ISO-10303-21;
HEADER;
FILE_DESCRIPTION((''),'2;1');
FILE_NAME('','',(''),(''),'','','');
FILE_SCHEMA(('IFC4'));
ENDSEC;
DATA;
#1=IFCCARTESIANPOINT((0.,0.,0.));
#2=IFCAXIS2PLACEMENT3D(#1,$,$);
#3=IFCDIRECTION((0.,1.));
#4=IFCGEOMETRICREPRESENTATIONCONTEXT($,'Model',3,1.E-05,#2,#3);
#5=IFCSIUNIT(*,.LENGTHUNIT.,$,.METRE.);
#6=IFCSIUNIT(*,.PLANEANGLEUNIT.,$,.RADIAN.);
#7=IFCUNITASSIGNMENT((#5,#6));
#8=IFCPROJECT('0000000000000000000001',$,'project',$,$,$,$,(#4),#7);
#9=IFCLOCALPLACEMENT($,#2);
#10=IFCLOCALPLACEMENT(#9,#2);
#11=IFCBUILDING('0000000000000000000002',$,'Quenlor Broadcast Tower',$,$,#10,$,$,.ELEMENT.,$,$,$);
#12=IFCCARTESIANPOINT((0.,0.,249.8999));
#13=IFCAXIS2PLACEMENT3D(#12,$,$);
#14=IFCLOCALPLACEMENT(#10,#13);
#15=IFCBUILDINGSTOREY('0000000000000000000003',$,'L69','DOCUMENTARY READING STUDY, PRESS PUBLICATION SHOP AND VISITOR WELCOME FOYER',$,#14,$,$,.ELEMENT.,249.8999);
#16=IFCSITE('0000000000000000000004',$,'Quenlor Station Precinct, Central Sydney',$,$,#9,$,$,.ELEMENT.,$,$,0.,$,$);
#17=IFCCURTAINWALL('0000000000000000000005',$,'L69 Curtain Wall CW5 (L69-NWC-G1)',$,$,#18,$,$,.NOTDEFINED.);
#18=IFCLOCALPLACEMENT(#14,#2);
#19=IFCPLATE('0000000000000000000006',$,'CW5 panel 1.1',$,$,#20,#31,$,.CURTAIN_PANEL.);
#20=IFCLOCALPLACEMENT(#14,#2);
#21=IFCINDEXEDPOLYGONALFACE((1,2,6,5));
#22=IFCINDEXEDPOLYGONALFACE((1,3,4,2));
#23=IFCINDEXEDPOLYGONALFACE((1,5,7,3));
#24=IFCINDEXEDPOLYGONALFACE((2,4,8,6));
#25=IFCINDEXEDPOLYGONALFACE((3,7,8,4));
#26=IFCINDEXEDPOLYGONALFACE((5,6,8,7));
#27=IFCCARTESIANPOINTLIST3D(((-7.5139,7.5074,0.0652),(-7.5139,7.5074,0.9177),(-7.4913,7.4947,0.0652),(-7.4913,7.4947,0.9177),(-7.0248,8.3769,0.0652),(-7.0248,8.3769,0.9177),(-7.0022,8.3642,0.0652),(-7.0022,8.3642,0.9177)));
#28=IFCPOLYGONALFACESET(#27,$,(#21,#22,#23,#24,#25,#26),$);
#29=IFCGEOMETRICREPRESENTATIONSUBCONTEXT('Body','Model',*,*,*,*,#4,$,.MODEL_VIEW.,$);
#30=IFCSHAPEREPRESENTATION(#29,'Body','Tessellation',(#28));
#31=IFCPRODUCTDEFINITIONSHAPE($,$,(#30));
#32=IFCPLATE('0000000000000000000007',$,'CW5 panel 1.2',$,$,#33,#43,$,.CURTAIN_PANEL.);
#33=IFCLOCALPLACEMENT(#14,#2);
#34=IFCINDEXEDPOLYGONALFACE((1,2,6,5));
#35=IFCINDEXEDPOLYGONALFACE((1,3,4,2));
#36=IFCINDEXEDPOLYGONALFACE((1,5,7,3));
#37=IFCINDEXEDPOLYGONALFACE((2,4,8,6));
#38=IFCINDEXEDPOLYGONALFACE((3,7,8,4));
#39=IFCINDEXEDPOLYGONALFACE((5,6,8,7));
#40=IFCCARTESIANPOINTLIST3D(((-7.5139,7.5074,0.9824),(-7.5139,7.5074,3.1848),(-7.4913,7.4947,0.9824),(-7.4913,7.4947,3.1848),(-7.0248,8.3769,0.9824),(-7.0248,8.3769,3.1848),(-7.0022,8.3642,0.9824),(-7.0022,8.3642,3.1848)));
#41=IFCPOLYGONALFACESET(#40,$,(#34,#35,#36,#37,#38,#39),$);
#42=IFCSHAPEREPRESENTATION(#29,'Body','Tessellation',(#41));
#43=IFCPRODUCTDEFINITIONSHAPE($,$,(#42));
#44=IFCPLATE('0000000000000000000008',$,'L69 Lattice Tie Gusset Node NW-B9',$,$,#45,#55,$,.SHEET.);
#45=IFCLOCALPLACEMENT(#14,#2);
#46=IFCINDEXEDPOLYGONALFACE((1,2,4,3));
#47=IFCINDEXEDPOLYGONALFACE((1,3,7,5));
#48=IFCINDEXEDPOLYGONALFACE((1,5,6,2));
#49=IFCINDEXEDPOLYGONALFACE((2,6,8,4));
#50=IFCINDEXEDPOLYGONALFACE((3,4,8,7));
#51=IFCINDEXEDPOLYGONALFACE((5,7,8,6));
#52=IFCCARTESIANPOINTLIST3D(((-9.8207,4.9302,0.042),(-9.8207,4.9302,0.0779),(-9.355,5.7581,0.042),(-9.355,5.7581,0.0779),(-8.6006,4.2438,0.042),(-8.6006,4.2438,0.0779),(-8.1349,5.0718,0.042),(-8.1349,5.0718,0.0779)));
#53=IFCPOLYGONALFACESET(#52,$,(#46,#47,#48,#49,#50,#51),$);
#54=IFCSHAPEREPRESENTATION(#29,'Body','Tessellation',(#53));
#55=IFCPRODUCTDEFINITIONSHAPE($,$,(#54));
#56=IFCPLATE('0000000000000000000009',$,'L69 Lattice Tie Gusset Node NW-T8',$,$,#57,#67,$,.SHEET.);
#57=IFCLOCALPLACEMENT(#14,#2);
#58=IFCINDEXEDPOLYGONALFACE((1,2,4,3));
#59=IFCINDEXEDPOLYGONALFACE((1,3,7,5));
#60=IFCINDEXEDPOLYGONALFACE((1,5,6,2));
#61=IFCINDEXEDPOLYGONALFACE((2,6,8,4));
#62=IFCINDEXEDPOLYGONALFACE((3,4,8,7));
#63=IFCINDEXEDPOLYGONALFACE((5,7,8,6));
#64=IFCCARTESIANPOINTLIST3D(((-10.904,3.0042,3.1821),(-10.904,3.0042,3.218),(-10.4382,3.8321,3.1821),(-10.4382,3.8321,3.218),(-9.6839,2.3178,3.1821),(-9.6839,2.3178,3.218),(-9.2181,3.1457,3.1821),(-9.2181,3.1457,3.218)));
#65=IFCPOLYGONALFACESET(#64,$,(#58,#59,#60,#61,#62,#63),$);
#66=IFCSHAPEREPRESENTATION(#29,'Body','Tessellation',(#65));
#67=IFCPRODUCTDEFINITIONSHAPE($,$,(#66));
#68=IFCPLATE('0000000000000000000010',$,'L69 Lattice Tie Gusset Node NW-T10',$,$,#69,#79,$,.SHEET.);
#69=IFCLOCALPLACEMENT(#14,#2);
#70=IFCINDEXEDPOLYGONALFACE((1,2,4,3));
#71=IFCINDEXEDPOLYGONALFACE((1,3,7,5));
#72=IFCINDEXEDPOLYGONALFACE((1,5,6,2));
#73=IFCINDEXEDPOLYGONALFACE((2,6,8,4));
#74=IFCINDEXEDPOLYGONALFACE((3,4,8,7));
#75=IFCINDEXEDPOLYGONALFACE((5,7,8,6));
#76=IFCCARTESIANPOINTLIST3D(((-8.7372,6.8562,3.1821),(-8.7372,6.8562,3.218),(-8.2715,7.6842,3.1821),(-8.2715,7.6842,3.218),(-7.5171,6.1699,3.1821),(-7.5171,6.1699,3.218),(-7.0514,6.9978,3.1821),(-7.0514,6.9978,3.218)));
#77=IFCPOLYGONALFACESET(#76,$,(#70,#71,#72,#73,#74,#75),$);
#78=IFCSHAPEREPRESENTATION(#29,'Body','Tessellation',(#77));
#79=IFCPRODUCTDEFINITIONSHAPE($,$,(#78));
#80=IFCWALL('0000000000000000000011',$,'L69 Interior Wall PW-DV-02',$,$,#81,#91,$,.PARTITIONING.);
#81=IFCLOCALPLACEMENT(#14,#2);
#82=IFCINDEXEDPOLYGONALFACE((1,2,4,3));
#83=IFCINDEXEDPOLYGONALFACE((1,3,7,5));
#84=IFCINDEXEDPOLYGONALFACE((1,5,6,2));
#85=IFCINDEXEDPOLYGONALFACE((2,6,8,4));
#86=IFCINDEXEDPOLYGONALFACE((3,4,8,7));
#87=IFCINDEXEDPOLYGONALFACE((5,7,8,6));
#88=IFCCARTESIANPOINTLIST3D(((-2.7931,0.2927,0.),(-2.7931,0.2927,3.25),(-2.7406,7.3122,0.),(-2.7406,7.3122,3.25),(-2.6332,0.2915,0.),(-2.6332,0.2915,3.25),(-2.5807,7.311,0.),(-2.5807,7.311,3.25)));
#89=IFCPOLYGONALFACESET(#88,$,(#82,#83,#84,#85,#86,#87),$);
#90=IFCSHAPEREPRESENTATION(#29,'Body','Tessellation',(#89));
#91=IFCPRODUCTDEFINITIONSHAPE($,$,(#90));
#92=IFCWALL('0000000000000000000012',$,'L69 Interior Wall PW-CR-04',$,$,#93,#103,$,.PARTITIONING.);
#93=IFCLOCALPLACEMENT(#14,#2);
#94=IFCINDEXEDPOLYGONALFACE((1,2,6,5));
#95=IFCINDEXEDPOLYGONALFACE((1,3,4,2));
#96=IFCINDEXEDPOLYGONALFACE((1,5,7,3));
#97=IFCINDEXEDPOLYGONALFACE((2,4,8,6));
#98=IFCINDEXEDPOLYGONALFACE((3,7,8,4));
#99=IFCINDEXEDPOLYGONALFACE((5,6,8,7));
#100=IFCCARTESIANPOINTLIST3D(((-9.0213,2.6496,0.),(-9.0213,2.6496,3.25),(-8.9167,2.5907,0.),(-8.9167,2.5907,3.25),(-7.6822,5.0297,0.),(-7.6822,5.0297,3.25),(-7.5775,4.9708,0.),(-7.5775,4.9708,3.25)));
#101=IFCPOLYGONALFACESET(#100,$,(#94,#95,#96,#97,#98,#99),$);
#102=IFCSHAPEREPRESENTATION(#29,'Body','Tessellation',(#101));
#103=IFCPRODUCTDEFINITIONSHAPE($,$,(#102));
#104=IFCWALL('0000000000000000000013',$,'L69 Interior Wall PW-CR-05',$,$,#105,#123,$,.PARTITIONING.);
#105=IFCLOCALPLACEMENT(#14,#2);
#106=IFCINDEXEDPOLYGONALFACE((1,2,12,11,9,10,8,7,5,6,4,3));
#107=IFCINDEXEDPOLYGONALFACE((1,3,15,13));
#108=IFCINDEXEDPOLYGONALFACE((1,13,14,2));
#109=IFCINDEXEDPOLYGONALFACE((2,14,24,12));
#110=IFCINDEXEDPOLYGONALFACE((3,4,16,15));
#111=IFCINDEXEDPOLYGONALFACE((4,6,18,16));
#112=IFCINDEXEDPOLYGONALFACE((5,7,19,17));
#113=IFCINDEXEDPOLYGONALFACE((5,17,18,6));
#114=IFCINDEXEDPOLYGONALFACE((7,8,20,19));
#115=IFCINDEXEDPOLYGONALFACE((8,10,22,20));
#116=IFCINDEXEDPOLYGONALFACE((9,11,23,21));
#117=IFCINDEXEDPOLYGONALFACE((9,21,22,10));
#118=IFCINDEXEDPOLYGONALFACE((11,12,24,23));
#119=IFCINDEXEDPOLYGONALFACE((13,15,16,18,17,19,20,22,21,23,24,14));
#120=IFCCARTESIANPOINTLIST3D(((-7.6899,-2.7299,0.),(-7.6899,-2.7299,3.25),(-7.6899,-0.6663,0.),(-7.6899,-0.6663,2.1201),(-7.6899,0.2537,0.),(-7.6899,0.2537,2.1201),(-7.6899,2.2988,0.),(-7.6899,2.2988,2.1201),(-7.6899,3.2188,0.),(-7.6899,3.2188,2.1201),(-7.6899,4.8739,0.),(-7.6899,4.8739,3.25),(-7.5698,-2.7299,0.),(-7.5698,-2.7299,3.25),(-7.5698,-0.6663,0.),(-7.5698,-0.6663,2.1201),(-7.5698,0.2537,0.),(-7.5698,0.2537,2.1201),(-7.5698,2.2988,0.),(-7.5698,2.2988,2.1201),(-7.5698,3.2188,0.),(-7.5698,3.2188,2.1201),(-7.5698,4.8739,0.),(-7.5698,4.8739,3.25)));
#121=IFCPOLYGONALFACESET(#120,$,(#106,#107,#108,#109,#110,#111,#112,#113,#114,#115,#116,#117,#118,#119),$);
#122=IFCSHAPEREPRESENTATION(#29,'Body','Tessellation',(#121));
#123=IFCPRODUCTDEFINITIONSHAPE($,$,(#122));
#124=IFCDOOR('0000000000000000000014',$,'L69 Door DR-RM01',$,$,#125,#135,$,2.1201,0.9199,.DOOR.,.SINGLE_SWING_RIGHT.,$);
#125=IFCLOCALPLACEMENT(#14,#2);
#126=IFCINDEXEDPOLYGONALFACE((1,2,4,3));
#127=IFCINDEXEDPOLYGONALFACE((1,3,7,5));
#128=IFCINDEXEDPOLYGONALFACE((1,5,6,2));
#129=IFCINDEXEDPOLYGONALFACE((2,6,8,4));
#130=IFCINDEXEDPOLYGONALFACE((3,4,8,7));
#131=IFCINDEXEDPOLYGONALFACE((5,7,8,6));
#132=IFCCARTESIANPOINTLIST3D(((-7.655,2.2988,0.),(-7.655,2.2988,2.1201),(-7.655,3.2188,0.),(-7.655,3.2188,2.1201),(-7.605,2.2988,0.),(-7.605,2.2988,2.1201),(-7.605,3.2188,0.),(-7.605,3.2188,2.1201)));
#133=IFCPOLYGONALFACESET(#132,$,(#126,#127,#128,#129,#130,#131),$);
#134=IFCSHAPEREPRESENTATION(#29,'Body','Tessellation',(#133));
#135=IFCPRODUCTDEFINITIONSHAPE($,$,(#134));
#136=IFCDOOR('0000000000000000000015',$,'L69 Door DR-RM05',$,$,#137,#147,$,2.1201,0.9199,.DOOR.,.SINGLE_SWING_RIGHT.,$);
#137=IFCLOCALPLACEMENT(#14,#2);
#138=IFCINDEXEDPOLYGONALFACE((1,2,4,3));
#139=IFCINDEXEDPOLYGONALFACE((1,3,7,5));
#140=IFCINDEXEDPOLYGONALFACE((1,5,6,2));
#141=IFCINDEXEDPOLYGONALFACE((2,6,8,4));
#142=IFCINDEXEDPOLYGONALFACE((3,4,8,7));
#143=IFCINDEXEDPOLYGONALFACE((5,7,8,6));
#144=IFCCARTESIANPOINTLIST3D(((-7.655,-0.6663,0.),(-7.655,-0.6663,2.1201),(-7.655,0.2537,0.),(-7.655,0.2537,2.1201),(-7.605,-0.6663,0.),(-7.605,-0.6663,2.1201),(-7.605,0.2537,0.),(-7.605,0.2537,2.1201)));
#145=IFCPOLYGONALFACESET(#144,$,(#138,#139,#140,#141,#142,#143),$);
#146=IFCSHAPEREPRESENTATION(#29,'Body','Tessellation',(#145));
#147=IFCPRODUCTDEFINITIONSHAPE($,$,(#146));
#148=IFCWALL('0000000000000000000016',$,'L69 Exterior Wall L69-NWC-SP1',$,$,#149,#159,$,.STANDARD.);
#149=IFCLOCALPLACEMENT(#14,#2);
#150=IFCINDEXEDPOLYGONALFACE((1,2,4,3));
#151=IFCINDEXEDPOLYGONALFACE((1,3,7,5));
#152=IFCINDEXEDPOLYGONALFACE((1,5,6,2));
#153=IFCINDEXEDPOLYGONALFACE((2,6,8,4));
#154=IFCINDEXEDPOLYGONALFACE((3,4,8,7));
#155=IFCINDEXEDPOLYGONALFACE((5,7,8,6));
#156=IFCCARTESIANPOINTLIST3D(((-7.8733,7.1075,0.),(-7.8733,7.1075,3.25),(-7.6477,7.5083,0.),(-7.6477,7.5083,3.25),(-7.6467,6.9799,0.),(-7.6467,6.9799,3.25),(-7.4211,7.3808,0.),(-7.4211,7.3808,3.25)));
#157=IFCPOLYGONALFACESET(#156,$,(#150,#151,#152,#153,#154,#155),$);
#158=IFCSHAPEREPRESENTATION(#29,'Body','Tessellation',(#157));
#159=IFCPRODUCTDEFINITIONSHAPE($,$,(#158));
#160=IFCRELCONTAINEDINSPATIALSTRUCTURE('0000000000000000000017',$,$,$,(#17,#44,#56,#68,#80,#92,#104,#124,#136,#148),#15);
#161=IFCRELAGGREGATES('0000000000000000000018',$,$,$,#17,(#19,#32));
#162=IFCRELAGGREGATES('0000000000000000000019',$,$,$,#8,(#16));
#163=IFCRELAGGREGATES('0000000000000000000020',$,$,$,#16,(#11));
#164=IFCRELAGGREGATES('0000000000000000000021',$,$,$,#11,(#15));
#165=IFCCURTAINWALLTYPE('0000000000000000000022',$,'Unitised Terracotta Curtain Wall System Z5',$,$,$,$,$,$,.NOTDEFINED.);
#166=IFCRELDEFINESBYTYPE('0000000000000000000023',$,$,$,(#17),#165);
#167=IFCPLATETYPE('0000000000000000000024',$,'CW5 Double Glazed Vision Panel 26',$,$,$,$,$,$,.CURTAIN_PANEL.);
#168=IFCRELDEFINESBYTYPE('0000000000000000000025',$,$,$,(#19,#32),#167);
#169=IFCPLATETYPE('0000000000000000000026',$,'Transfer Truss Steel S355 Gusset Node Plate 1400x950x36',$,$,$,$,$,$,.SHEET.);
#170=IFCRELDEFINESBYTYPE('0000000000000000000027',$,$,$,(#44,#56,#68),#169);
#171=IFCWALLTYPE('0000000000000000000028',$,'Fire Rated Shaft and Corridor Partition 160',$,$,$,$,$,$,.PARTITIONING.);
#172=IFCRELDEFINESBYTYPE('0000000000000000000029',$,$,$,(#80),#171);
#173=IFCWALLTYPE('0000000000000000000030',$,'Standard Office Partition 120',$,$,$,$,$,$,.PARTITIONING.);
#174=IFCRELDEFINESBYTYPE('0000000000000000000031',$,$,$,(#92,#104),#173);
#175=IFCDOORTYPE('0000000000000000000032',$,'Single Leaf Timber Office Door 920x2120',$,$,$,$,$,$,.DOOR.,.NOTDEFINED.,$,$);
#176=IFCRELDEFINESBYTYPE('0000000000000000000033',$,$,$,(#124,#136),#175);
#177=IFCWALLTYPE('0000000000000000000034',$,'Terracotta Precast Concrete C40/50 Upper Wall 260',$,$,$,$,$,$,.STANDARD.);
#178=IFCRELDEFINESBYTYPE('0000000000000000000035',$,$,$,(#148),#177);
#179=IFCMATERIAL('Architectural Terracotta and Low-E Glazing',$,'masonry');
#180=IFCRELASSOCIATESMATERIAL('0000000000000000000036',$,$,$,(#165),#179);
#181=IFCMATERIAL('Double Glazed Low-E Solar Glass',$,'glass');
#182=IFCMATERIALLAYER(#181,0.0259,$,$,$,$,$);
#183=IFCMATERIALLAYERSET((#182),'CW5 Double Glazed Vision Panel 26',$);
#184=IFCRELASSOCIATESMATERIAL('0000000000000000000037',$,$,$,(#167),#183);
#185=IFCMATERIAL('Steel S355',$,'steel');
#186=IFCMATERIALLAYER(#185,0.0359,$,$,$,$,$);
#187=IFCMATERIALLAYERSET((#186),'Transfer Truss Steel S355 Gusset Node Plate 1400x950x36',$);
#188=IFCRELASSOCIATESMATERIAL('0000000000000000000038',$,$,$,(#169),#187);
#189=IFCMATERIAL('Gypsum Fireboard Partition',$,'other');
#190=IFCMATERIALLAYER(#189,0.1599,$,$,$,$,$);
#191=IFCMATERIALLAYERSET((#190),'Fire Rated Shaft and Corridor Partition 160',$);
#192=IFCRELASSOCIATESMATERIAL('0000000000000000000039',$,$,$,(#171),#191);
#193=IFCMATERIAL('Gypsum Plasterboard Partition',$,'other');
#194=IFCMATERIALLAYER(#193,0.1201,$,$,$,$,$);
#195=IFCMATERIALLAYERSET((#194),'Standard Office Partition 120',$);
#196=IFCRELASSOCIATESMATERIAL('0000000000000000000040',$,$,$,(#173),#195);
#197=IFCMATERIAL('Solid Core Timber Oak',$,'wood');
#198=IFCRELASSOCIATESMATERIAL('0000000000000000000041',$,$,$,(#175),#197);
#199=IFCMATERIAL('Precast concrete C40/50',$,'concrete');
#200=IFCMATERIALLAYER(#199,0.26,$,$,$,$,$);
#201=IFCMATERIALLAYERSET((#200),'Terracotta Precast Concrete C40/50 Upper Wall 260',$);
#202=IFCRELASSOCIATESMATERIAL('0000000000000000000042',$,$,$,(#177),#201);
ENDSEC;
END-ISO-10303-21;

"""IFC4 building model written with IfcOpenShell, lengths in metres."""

from ifc_helpers import new_model, si_unit, direction, frame, frame_2d, origin, origin_2d, place, context, subcontext, project, spatial, rectangle, extrude, material, layer, layer_set, type_object, element, fill, aggregate, save


model = new_model("IFC4")

# Units and contexts
model_context = context("Model", 3, precision=1e-05, world=origin(), true_north=direction((0.0, 1.0)))
body_context = subcontext(model_context, "Body", "Model", "MODEL_VIEW")
ifc_project = project(units=[si_unit("LENGTHUNIT", "METRE"), si_unit("PLANEANGLEUNIT", "RADIAN")], contexts=[model_context])

# Site, building, storey
site_placement = place(None, origin())
site = spatial("IfcSite", under=ifc_project, at=site_placement, Name="Quenlor Station Precinct, Central Sydney", CompositionType="ELEMENT", RefElevation=0.0)
building_placement = place(site_placement, origin())
building = spatial("IfcBuilding", under=site, at=building_placement, Name="Quenlor Broadcast Tower", CompositionType="ELEMENT")
storey_placement = place(building_placement, frame((0.0, 0.0, 249.8999)))
storey = spatial("IfcBuildingStorey", under=building, at=storey_placement, Name="L69", Description="DOCUMENTARY READING STUDY, PRESS PUBLICATION SHOP AND VISITOR WELCOME FOYER", CompositionType="ELEMENT", Elevation=249.8999)

# Curtain wall
ifc_material_1 = material(Name="Architectural Terracotta and Low-E Glazing", Category="masonry")
curtain_wall_type = type_object("IfcCurtainWallType", Name="Unitised Terracotta Curtain Wall System Z5", PredefinedType="NOTDEFINED", material=ifc_material_1)
curtain_wall_placement = place(storey_placement, origin())
curtain_wall = element("IfcCurtainWall", 1, at=curtain_wall_placement, inside=storey, type_object=curtain_wall_type, Name="L69 Curtain Wall CW5 (L69-NWC-G1)", PredefinedType="NOTDEFINED")

# Plates
ifc_material_2 = material(Name="Double Glazed Low-E Solar Glass", Category="glass")
ifc_layer_1 = layer(ifc_material_2, 0.0259)
ifc_layer_set_1 = layer_set([ifc_layer_1], Name="CW5 Double Glazed Vision Panel 26")
plate_type_1 = type_object("IfcPlateType", Name="CW5 Double Glazed Vision Panel 26", PredefinedType="CURTAIN_PANEL", material=ifc_layer_set_1)
plate_1_placement = place(storey_placement, frame((-7.2581, 7.9358, 0.0652), z_axis=(0.0, 0.0, 1.0), x_axis=(0.490282, 0.871564, 0.0)))
plate_1 = element("IfcPlate", 2, at=plate_1_placement, type_object=plate_type_1, Name="CW5 panel 1.1", PredefinedType="CURTAIN_PANEL", context=body_context, shape_type="SweptSolid", body=[
    extrude(rectangle(XDim=0.9976, YDim=0.0259, at=origin_2d()), origin(), (0.0, 0.0, 1.0), 0.8525),
])
plate_2_placement = place(storey_placement, frame((-7.2581, 7.9358, 0.9824), z_axis=(0.0, 0.0, 1.0), x_axis=(0.490282, 0.871564, 0.0)))
plate_2 = element("IfcPlate", 3, at=plate_2_placement, type_object=plate_type_1, Name="CW5 panel 1.2", PredefinedType="CURTAIN_PANEL", context=body_context, shape_type="SweptSolid", body=[
    extrude(rectangle(XDim=0.9976, YDim=0.0259, at=origin_2d()), origin(), (0.0, 0.0, 1.0), 2.2024),
])
aggregate(curtain_wall, [plate_1, plate_2])

# Plates
ifc_material_3 = material(Name="Steel S355", Category="steel")
ifc_layer_2 = layer(ifc_material_3, 0.0359)
ifc_layer_set_2 = layer_set([ifc_layer_2], Name="Transfer Truss Steel S355 Gusset Node Plate 1400x950x36")
plate_type_2 = type_object("IfcPlateType", Name="Transfer Truss Steel S355 Gusset Node Plate 1400x950x36", PredefinedType="SHEET", material=ifc_layer_set_2)
for number, where, z_axis, x_axis, name in (
    (4, (-8.9778, 5.001, 0.042), (0.0, 0.0, 1.0), (-0.871556, 0.490295, 0.0), "L69 Lattice Tie Gusset Node NW-B9"),
    (5, (-10.061, 3.075, 3.1821), (0.0, 0.0, 1.0), (-0.871556, 0.490295, 0.0), "L69 Lattice Tie Gusset Node NW-T8"),
    (6, (-7.8943, 6.927, 3.1821), (0.0, 0.0, 1.0), (-0.871556, 0.490295, 0.0), "L69 Lattice Tie Gusset Node NW-T10"),
):
    element("IfcPlate", number, at=place(storey_placement, frame(where, z_axis=z_axis, x_axis=x_axis)), inside=storey, type_object=plate_type_2, Name=name, PredefinedType="SHEET", context=body_context, shape_type="SweptSolid", body=[
        extrude(rectangle(XDim=1.3999, YDim=0.95, at=origin_2d()), origin(), (0.0, 0.0, 1.0), 0.0359),
    ])

# Walls
ifc_material_4 = material(Name="Gypsum Fireboard Partition", Category="other")
ifc_layer_3 = layer(ifc_material_4, 0.1599)
ifc_layer_set_3 = layer_set([ifc_layer_3], Name="Fire Rated Shaft and Corridor Partition 160")
wall_type_1 = type_object("IfcWallType", Name="Fire Rated Shaft and Corridor Partition 160", PredefinedType="PARTITIONING", material=ifc_layer_set_3)
wall_1_placement = place(storey_placement, frame((-2.6606, 7.3115, 0.0), z_axis=(0.0, 0.0, 1.0), x_axis=(-0.007478, -0.999972, 0.0)))
element("IfcWall", 7, at=wall_1_placement, inside=storey, type_object=wall_type_1, Name="L69 Interior Wall PW-DV-02", PredefinedType="PARTITIONING", context=body_context, shape_type="SweptSolid", body=[
    extrude(rectangle(XDim=7.0198, YDim=0.1599, at=frame_2d((3.5098, 0.0))), origin(), (0.0, 0.0, 1.0), 3.25),
])
ifc_material_5 = material(Name="Gypsum Plasterboard Partition", Category="other")
ifc_layer_4 = layer(ifc_material_5, 0.1201)
ifc_layer_set_4 = layer_set([ifc_layer_4], Name="Standard Office Partition 120")
wall_type_2 = type_object("IfcWallType", Name="Standard Office Partition 120", PredefinedType="PARTITIONING", material=ifc_layer_set_4)
wall_2_placement = place(storey_placement, frame((-8.969, 2.6201, 0.0), z_axis=(0.0, 0.0, 1.0), x_axis=(0.490342, 0.87153, 0.0)))
element("IfcWall", 8, at=wall_2_placement, inside=storey, type_object=wall_type_2, Name="L69 Interior Wall PW-CR-04", PredefinedType="PARTITIONING", context=body_context, shape_type="SweptSolid", body=[
    extrude(rectangle(XDim=2.731, YDim=0.1201, at=frame_2d((1.3655, 0.0))), origin(), (0.0, 0.0, 1.0), 3.25),
])

# Wall, openings, doors
wall_3_placement = place(storey_placement, frame((-7.6299, 4.8738, 0.0), z_axis=(0.0, 0.0, 1.0), x_axis=(0.0, -1.0, 0.0)))
wall_3 = element("IfcWall", 9, at=wall_3_placement, inside=storey, type_object=wall_type_2, Name="L69 Interior Wall PW-CR-05", PredefinedType="PARTITIONING", context=body_context, shape_type="SweptSolid", body=[
    extrude(rectangle(XDim=7.6038, YDim=0.1201, at=frame_2d((3.8018, 0.0))), origin(), (0.0, 0.0, 1.0), 3.25),
])
opening_1_placement = place(wall_3_placement, frame((1.655, 0.0, 0.0)))
opening_1 = element("IfcOpeningElement", 10, at=opening_1_placement, cuts=wall_3, PredefinedType="OPENING", context=body_context, shape_type="SweptSolid", body=[
    extrude(rectangle(XDim=0.9199, YDim=2.1201, at=frame_2d((0.46, 1.0601))), frame((0.0, 0.0701, 0.0), z_axis=(0.0, -1.0, 0.0), x_axis=(1.0, 0.0, 0.0)), (0.0, 0.0, 1.0), 0.1401),
])
opening_2_placement = place(wall_3_placement, frame((4.6201, 0.0, 0.0)))
opening_2 = element("IfcOpeningElement", 11, at=opening_2_placement, cuts=wall_3, PredefinedType="OPENING", context=body_context, shape_type="SweptSolid", body=[
    extrude(rectangle(XDim=0.9199, YDim=2.1201, at=frame_2d((0.46, 1.0601))), frame((0.0, 0.0701, 0.0), z_axis=(0.0, -1.0, 0.0), x_axis=(1.0, 0.0, 0.0)), (0.0, 0.0, 1.0), 0.1401),
])
ifc_material_6 = material(Name="Solid Core Timber Oak", Category="wood")
door_type = type_object("IfcDoorType", Name="Single Leaf Timber Office Door 920x2120", OperationType="NOTDEFINED", PredefinedType="DOOR", material=ifc_material_6)
door_1_placement = place(opening_1_placement, origin())
door_1 = element("IfcDoor", 12, at=door_1_placement, inside=storey, type_object=door_type, Name="L69 Door DR-RM01", OperationType="SINGLE_SWING_RIGHT", OverallHeight=2.1201, OverallWidth=0.9199, PredefinedType="DOOR", context=body_context, shape_type="SweptSolid", body=[
    extrude(rectangle(XDim=0.9199, YDim=2.1201, at=frame_2d((0.46, 1.0601))), frame((0.0, 0.0249, 0.0), z_axis=(0.0, -1.0, 0.0), x_axis=(1.0, 0.0, 0.0)), (0.0, 0.0, 1.0), 0.05),
])
fill(opening_1, door_1)
door_2_placement = place(opening_2_placement, origin())
door_2 = element("IfcDoor", 13, at=door_2_placement, inside=storey, type_object=door_type, Name="L69 Door DR-RM05", OperationType="SINGLE_SWING_RIGHT", OverallHeight=2.1201, OverallWidth=0.9199, PredefinedType="DOOR", context=body_context, shape_type="SweptSolid", body=[
    extrude(rectangle(XDim=0.9199, YDim=2.1201, at=frame_2d((0.46, 1.0601))), frame((0.0, 0.0249, 0.0), z_axis=(0.0, -1.0, 0.0), x_axis=(1.0, 0.0, 0.0)), (0.0, 0.0, 1.0), 0.05),
])
fill(opening_2, door_2)

# Wall
ifc_material_7 = material(Name="Precast concrete C40/50", Category="concrete")
ifc_layer_5 = layer(ifc_material_7, 0.26)
ifc_layer_set_5 = layer_set([ifc_layer_5], Name="Terracotta Precast Concrete C40/50 Upper Wall 260")
wall_type_3 = type_object("IfcWallType", Name="Terracotta Precast Concrete C40/50 Upper Wall 260", PredefinedType="STANDARD", material=ifc_layer_set_5)
wall_4_placement = place(storey_placement, frame((-7.76, 7.0437, 0.0), z_axis=(0.0, 0.0, 1.0), x_axis=(0.490412, 0.87149, 0.0)))
element("IfcWall", 14, at=wall_4_placement, inside=storey, type_object=wall_type_3, Name="L69 Exterior Wall L69-NWC-SP1", PredefinedType="STANDARD", context=body_context, shape_type="SweptSolid", body=[
    extrude(rectangle(XDim=0.46, YDim=0.26, at=frame_2d((0.23, 0.0))), origin(), (0.0, 0.0, 1.0), 3.25),
])

save(model, "model.ifc")
